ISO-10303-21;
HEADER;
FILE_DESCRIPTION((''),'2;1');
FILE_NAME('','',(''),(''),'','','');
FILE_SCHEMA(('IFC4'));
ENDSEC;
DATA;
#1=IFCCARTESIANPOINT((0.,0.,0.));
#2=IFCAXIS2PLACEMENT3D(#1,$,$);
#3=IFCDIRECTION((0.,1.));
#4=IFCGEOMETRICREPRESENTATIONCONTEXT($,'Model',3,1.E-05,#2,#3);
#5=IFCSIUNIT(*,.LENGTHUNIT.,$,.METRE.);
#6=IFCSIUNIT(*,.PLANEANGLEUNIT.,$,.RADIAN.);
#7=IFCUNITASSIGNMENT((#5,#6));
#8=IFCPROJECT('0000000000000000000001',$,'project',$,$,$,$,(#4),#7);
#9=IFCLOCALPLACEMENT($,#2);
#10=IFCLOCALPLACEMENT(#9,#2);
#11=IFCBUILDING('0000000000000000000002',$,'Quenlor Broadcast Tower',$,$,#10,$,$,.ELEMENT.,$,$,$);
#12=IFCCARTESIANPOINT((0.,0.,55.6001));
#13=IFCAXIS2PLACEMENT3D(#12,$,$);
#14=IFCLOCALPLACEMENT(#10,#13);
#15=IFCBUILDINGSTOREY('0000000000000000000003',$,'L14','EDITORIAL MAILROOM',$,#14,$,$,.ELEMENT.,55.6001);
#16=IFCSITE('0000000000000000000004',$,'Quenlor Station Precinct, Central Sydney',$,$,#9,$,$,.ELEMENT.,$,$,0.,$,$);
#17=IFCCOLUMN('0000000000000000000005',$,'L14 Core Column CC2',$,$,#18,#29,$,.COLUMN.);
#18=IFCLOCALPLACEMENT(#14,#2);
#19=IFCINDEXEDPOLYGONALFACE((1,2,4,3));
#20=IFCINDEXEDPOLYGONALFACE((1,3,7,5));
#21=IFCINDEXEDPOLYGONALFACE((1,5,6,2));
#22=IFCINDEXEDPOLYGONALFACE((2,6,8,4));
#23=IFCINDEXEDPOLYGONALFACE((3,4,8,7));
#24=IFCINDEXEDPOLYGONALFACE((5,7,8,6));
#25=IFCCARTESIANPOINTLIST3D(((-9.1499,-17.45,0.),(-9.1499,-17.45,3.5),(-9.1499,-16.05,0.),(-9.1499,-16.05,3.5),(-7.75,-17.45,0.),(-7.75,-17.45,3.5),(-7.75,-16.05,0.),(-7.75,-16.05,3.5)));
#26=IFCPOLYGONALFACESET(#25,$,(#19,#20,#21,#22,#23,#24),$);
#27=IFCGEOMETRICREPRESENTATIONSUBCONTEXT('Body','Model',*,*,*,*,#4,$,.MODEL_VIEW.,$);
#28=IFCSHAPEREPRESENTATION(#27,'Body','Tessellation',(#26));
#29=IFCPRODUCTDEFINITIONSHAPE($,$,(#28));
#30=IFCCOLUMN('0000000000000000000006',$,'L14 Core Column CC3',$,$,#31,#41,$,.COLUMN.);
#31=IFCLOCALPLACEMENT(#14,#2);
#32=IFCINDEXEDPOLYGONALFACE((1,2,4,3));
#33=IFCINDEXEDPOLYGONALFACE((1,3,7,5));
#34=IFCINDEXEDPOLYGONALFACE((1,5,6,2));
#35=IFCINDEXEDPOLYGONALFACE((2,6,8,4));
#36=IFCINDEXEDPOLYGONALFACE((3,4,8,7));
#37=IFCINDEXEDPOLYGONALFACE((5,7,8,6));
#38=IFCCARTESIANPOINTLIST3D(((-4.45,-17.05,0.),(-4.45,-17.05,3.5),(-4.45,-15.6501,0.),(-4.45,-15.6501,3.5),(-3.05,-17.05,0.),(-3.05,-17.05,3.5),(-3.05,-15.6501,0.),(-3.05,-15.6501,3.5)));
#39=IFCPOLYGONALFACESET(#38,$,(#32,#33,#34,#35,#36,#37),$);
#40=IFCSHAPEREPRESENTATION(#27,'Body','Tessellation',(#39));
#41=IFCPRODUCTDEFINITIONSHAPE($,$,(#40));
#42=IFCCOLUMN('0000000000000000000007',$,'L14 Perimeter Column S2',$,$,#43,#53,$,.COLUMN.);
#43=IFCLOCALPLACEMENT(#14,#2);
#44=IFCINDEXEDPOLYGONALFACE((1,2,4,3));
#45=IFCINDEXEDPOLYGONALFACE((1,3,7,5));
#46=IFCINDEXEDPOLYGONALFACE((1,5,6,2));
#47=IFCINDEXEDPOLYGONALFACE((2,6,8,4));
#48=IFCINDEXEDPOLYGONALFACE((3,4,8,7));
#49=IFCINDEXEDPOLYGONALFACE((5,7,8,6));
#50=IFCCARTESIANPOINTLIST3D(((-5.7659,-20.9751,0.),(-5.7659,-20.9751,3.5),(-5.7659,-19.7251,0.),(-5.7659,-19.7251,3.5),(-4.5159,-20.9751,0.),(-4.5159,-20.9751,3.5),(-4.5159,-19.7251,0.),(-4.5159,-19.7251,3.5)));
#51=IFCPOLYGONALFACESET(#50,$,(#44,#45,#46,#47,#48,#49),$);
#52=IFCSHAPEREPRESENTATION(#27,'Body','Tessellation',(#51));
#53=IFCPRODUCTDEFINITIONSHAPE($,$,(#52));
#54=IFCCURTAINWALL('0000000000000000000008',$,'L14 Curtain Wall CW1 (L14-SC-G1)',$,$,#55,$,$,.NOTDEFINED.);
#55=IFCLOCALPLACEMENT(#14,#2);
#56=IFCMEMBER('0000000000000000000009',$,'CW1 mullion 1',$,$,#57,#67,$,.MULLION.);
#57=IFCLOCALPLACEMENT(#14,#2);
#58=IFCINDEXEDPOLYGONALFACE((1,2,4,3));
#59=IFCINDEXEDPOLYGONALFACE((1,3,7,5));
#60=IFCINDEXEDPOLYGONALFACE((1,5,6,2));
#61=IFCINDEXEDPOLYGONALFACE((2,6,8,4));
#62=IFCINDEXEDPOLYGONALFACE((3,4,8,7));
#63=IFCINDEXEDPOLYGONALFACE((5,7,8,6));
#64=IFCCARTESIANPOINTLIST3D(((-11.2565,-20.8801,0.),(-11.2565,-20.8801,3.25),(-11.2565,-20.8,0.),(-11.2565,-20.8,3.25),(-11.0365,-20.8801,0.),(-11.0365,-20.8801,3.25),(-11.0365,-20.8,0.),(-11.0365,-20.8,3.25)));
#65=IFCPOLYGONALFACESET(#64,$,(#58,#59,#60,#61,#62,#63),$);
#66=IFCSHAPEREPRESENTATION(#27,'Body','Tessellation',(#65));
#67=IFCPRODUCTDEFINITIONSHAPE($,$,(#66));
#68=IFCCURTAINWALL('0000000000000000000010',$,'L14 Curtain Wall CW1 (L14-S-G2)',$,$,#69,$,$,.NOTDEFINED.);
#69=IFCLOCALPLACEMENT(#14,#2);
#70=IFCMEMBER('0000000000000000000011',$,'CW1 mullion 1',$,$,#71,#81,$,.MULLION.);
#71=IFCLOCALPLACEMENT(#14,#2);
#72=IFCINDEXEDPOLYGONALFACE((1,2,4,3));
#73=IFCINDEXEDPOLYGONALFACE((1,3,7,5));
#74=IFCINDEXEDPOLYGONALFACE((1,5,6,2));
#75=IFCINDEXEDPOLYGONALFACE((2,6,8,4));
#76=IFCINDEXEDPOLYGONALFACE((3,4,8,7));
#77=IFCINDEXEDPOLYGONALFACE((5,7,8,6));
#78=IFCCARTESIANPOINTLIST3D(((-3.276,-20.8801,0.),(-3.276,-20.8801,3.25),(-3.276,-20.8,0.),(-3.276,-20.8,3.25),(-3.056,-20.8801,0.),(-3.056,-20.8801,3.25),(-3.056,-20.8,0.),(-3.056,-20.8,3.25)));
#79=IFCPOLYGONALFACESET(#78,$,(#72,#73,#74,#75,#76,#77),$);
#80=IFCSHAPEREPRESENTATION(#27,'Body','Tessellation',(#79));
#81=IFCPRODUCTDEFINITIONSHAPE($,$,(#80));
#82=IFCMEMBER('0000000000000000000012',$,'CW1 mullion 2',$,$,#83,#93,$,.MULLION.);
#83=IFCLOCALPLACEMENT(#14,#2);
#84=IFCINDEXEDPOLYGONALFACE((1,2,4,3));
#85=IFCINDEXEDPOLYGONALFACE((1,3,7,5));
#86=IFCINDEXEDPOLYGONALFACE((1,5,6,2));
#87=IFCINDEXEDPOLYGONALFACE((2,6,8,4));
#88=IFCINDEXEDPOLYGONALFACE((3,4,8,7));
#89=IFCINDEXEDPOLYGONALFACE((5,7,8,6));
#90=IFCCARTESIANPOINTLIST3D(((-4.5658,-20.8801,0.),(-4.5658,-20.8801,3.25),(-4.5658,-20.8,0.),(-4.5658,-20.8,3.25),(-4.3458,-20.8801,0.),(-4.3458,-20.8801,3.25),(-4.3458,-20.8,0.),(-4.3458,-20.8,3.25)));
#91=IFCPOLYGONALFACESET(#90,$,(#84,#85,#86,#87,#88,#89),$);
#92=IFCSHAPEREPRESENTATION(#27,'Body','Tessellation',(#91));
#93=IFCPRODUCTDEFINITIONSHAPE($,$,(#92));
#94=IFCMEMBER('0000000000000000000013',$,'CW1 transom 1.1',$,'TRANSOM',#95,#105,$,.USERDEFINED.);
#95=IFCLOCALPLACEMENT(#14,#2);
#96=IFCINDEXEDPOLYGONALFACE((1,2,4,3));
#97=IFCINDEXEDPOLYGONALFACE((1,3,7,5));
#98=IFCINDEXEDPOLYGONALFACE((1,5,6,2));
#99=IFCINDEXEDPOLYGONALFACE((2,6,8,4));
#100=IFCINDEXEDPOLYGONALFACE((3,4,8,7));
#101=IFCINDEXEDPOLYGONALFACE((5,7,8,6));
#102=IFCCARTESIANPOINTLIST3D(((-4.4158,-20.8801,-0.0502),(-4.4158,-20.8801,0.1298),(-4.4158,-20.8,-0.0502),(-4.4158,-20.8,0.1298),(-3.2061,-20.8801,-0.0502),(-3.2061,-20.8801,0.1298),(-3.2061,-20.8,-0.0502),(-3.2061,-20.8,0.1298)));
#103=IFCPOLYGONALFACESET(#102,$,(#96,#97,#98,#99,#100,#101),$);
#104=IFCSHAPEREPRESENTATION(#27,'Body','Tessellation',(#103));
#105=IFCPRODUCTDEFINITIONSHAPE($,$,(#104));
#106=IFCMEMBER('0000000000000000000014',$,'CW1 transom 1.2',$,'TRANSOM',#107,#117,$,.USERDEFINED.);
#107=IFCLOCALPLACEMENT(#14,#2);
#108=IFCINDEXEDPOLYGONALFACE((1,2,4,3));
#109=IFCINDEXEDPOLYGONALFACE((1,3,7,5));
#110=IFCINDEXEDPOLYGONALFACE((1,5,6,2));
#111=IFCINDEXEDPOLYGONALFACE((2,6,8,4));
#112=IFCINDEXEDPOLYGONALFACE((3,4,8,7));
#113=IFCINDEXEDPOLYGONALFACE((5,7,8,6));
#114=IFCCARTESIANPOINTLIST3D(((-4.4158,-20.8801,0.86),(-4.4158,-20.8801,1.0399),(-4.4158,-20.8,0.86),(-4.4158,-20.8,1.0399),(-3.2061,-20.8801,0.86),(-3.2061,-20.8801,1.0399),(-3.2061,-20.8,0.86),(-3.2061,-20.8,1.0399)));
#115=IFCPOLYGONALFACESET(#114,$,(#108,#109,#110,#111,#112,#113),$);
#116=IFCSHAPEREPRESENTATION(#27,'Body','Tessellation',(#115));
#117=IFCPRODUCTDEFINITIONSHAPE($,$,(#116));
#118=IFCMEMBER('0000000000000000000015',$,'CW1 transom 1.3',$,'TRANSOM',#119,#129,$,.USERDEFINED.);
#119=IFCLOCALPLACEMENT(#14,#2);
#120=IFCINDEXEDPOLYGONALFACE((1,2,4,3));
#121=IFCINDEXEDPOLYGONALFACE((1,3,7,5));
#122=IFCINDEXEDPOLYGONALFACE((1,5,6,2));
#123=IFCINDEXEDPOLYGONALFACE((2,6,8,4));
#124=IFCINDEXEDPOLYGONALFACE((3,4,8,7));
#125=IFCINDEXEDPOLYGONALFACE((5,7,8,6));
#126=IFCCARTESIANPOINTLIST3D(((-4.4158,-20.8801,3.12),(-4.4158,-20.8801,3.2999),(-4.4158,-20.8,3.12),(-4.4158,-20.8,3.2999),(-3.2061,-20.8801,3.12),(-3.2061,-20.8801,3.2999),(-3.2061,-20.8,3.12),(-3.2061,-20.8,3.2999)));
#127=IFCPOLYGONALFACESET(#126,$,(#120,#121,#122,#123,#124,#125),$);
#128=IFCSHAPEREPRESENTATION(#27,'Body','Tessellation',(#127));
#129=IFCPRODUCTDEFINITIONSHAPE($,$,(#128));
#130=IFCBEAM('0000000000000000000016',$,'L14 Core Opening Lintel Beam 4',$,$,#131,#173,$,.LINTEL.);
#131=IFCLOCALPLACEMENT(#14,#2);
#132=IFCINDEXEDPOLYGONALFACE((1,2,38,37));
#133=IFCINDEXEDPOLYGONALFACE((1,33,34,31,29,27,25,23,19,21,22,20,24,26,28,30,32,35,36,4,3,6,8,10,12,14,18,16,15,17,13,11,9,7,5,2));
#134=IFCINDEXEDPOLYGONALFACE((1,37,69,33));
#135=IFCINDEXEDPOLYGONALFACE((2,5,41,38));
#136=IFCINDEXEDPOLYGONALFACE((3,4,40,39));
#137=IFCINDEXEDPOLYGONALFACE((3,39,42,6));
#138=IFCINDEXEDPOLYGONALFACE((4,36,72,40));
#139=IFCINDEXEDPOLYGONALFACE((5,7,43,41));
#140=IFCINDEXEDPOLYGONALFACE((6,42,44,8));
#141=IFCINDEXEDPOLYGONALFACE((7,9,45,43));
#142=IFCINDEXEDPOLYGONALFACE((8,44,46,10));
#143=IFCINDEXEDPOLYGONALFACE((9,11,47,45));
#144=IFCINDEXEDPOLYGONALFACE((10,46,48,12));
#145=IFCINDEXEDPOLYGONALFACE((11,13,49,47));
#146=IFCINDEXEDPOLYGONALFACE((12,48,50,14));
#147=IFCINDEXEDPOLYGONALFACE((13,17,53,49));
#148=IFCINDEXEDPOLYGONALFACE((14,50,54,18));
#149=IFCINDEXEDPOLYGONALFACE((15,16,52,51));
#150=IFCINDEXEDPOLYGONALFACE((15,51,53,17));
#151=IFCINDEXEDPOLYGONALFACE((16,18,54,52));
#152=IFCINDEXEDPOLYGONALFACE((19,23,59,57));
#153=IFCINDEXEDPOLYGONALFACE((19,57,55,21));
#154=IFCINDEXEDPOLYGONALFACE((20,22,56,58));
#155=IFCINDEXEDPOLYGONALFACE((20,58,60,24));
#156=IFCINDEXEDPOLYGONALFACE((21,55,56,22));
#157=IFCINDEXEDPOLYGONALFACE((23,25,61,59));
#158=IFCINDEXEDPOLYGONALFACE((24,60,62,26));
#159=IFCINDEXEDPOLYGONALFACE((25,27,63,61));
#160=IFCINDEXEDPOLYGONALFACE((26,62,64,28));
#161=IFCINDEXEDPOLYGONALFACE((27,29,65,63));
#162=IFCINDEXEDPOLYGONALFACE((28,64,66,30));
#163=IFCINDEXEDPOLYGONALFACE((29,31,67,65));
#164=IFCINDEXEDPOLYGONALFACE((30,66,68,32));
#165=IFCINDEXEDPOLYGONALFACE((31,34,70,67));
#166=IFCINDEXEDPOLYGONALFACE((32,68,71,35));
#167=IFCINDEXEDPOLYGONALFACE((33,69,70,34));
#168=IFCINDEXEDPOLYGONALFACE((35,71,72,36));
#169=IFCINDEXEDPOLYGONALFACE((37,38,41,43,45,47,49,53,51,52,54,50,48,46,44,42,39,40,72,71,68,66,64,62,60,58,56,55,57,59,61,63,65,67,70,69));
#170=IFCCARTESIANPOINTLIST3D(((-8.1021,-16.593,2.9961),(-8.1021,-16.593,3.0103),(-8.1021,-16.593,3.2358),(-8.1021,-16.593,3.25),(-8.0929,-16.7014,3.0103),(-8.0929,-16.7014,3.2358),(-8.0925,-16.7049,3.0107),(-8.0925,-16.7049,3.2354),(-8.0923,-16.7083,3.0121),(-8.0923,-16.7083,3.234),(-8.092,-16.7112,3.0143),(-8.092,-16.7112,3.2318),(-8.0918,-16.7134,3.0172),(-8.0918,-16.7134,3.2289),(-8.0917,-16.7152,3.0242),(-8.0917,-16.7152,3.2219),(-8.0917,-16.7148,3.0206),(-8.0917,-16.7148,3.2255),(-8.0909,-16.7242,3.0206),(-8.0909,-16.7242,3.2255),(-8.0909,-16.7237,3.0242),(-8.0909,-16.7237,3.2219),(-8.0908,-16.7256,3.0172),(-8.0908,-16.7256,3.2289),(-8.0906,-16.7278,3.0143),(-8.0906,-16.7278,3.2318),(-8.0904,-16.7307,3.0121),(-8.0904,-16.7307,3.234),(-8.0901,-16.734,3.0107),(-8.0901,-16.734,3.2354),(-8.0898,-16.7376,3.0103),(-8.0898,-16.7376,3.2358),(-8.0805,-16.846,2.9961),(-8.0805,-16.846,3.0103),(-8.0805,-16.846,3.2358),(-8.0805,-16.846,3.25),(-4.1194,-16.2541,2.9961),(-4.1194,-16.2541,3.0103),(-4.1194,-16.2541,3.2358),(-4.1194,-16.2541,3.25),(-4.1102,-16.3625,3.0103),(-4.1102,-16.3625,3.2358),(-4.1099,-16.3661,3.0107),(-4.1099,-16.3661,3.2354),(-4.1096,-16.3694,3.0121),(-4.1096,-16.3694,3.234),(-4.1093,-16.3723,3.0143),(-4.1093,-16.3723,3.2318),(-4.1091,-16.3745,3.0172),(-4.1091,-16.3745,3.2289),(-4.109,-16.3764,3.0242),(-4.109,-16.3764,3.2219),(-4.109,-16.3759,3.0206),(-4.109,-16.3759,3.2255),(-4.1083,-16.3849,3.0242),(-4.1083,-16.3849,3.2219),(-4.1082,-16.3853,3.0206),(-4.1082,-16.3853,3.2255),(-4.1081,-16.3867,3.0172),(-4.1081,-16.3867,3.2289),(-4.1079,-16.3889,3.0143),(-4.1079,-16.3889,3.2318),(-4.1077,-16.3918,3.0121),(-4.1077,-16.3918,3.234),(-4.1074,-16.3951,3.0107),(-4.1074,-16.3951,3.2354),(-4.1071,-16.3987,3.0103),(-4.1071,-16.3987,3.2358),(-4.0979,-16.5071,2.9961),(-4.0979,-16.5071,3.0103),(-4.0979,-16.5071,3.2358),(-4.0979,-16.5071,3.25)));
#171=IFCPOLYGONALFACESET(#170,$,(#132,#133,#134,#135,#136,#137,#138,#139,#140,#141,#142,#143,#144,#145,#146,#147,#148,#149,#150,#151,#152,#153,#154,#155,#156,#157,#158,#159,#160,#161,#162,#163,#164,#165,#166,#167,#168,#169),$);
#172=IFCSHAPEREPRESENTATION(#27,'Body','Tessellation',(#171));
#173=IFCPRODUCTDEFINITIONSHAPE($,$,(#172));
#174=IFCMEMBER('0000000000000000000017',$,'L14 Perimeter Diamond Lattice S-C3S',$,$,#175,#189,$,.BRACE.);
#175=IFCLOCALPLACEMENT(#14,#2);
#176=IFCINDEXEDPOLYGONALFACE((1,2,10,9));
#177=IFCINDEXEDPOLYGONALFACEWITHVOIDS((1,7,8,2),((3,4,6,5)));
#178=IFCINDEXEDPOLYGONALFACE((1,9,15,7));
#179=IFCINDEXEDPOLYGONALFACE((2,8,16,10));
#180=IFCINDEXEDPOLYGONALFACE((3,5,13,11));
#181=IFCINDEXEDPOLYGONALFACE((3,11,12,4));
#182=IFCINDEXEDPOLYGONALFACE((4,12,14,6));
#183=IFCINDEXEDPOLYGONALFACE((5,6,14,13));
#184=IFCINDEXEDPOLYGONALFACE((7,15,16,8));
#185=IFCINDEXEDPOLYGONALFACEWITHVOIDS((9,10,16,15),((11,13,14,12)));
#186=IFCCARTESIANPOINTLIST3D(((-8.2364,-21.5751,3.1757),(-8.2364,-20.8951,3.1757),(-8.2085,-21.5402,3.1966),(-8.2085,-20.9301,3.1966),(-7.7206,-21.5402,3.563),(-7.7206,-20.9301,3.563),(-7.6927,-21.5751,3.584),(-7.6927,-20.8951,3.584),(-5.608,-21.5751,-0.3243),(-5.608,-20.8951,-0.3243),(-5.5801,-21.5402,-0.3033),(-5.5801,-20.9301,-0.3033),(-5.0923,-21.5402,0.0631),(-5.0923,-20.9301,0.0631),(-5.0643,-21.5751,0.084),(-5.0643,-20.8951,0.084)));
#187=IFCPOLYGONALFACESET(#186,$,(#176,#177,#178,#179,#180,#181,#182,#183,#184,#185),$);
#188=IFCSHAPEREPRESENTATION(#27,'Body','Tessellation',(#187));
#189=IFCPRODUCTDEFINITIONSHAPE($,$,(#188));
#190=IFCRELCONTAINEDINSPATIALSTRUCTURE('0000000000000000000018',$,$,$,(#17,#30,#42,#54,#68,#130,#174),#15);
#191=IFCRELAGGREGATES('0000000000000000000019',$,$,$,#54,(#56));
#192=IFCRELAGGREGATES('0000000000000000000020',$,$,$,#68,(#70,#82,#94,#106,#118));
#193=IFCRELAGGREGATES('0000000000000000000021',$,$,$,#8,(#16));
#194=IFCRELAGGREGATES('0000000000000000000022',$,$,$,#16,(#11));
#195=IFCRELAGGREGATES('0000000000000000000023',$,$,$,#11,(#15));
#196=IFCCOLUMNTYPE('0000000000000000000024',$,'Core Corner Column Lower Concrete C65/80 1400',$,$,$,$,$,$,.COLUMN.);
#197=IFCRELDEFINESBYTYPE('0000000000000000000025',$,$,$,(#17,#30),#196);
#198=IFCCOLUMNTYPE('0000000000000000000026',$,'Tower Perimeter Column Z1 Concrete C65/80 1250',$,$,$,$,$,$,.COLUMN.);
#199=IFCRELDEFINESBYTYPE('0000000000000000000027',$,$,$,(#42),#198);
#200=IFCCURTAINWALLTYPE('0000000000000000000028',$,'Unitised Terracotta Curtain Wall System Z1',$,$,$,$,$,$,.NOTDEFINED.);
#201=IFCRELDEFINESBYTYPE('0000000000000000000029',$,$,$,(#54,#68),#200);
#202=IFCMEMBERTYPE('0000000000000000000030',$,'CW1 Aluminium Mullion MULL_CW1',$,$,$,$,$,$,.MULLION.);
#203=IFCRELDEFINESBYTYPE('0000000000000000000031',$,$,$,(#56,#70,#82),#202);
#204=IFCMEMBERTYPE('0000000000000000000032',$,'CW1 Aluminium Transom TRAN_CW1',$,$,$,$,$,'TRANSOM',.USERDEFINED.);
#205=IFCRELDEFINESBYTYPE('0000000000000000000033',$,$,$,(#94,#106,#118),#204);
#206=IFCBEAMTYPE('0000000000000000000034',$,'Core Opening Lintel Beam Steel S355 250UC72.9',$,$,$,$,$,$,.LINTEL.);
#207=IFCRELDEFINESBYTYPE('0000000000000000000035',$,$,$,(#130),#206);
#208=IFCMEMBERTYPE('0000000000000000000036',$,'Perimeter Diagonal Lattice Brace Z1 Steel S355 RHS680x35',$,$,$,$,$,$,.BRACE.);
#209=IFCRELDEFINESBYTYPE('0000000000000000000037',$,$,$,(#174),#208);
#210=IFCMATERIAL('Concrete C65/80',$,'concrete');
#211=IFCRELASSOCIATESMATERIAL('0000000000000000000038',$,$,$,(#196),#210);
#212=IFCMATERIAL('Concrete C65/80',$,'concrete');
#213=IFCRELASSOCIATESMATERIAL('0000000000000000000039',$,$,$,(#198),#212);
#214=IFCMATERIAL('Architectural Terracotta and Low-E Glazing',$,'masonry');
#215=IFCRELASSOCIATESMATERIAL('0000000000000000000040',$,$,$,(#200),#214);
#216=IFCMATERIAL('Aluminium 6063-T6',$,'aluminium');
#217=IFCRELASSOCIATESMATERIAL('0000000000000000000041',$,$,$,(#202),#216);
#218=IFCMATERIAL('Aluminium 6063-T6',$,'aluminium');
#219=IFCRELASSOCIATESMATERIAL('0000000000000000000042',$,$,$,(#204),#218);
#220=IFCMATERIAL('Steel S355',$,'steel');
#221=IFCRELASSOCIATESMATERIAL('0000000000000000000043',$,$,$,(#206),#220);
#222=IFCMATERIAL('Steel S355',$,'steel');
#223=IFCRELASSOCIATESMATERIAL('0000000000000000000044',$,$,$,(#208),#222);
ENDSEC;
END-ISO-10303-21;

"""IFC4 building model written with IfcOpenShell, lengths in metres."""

from ifc_helpers import new_model, si_unit, direction, frame, origin, origin_2d, place, context, subcontext, project, spatial, rectangle, hollow_rectangle, i_section, extrude, material, material_profile, profile_set, type_object, element, aggregate, save


model = new_model("IFC4")

# Units and contexts
model_context = context("Model", 3, precision=1e-05, world=origin(), true_north=direction((0.0, 1.0)))
body_context = subcontext(model_context, "Body", "Model", "MODEL_VIEW")
ifc_project = project(units=[si_unit("LENGTHUNIT", "METRE"), si_unit("PLANEANGLEUNIT", "RADIAN")], contexts=[model_context])

# Site, building, storey
site_placement = place(None, origin())
site = spatial("IfcSite", under=ifc_project, at=site_placement, Name="Quenlor Station Precinct, Central Sydney", CompositionType="ELEMENT", RefElevation=0.0)
building_placement = place(site_placement, origin())
building = spatial("IfcBuilding", under=site, at=building_placement, Name="Quenlor Broadcast Tower", CompositionType="ELEMENT")
storey_placement = place(building_placement, frame((0.0, 0.0, 55.6001)))
storey = spatial("IfcBuildingStorey", under=building, at=storey_placement, Name="L14", Description="EDITORIAL MAILROOM", CompositionType="ELEMENT", Elevation=55.6001)

# Columns
ifc_material_1 = material(Name="Concrete C65/80", Category="concrete")
ifc_material_profile_1 = material_profile(ifc_material_1, rectangle(XDim=1.3999, YDim=1.3999, at=origin_2d()))
ifc_profile_set_1 = profile_set([ifc_material_profile_1], Name="Concrete C65/80 RC1400x1400")
column_type_1 = type_object("IfcColumnType", Name="Core Corner Column Lower Concrete C65/80 1400", PredefinedType="COLUMN", material=ifc_profile_set_1)
for number, where, z_axis, x_axis, name in (
    (1, (-8.45, -16.75, 0.0), (0.0, 0.0, 1.0), (1.0, 0.0, 0.0), "L14 Core Column CC2"),
    (2, (-3.75, -16.3501, 0.0), (0.0, 0.0, 1.0), (1.0, 0.0, 0.0), "L14 Core Column CC3"),
):
    element("IfcColumn", number, at=place(storey_placement, frame(where, z_axis=z_axis, x_axis=x_axis)), inside=storey, type_object=column_type_1, Name=name, PredefinedType="COLUMN", context=body_context, shape_type="SweptSolid", body=[
        extrude(rectangle(XDim=1.3999, YDim=1.3999, at=origin_2d()), origin(), (0.0, 0.0, 1.0), 3.5),
    ])
ifc_material_2 = material(Name="Concrete C65/80", Category="concrete")
ifc_material_profile_2 = material_profile(ifc_material_2, rectangle(XDim=1.25, YDim=1.25, at=origin_2d()))
ifc_profile_set_2 = profile_set([ifc_material_profile_2], Name="Concrete C65/80 RC1250x1250")
column_type_2 = type_object("IfcColumnType", Name="Tower Perimeter Column Z1 Concrete C65/80 1250", PredefinedType="COLUMN", material=ifc_profile_set_2)
column_placement = place(storey_placement, frame((-5.1409, -20.3501, 0.0), z_axis=(0.0, 0.0, 1.0), x_axis=(0.0, 1.0, 0.0)))
element("IfcColumn", 3, at=column_placement, inside=storey, type_object=column_type_2, Name="L14 Perimeter Column S2", PredefinedType="COLUMN", context=body_context, shape_type="SweptSolid", body=[
    extrude(rectangle(XDim=1.25, YDim=1.25, at=origin_2d()), origin(), (0.0, 0.0, 1.0), 3.5),
])

# Curtain wall, member
ifc_material_3 = material(Name="Architectural Terracotta and Low-E Glazing", Category="masonry")
curtain_wall_type = type_object("IfcCurtainWallType", Name="Unitised Terracotta Curtain Wall System Z1", PredefinedType="NOTDEFINED", material=ifc_material_3)
curtain_wall_1_placement = place(storey_placement, origin())
curtain_wall_1 = element("IfcCurtainWall", 4, at=curtain_wall_1_placement, inside=storey, type_object=curtain_wall_type, Name="L14 Curtain Wall CW1 (L14-SC-G1)", PredefinedType="NOTDEFINED")
ifc_material_4 = material(Name="Aluminium 6063-T6", Category="aluminium")
ifc_material_profile_3 = material_profile(ifc_material_4, rectangle(XDim=0.0801, YDim=0.22, at=origin_2d()))
ifc_profile_set_3 = profile_set([ifc_material_profile_3], Name="Aluminium 6063-T6 MULL80x220")
member_type_1 = type_object("IfcMemberType", Name="CW1 Aluminium Mullion MULL_CW1", PredefinedType="MULLION", material=ifc_profile_set_3)
member_1_placement = place(storey_placement, frame((-11.1465, -20.8401, 0.0), z_axis=(0.0, 0.0, 1.0), x_axis=(0.0, -1.0, 0.0)))
member_1 = element("IfcMember", 5, at=member_1_placement, type_object=member_type_1, Name="CW1 mullion 1", PredefinedType="MULLION", context=body_context, shape_type="SweptSolid", body=[
    extrude(rectangle(XDim=0.0801, YDim=0.22, at=origin_2d()), origin(), (0.0, 0.0, 1.0), 3.25),
])
aggregate(curtain_wall_1, [member_1])

# Curtain wall, members
curtain_wall_2_placement = place(storey_placement, origin())
curtain_wall_2 = element("IfcCurtainWall", 6, at=curtain_wall_2_placement, inside=storey, type_object=curtain_wall_type, Name="L14 Curtain Wall CW1 (L14-S-G2)", PredefinedType="NOTDEFINED")
member_2_placement = place(storey_placement, frame((-3.166, -20.8401, 0.0), z_axis=(0.0, 0.0, 1.0), x_axis=(0.0, -1.0, 0.0)))
member_2 = element("IfcMember", 7, at=member_2_placement, type_object=member_type_1, Name="CW1 mullion 1", PredefinedType="MULLION", context=body_context, shape_type="SweptSolid", body=[
    extrude(rectangle(XDim=0.0801, YDim=0.22, at=origin_2d()), origin(), (0.0, 0.0, 1.0), 3.25),
])
member_3_placement = place(storey_placement, frame((-4.4558, -20.8401, 0.0), z_axis=(0.0, 0.0, 1.0), x_axis=(0.0, -1.0, 0.0)))
member_3 = element("IfcMember", 8, at=member_3_placement, type_object=member_type_1, Name="CW1 mullion 2", PredefinedType="MULLION", context=body_context, shape_type="SweptSolid", body=[
    extrude(rectangle(XDim=0.0801, YDim=0.22, at=origin_2d()), origin(), (0.0, 0.0, 1.0), 3.25),
])
ifc_material_5 = material(Name="Aluminium 6063-T6", Category="aluminium")
ifc_material_profile_4 = material_profile(ifc_material_5, rectangle(XDim=0.0801, YDim=0.1799, at=origin_2d()))
ifc_profile_set_4 = profile_set([ifc_material_profile_4], Name="Aluminium 6063-T6 TRAN80x180")
member_type_2 = type_object("IfcMemberType", Name="CW1 Aluminium Transom TRAN_CW1", ElementType="TRANSOM", PredefinedType="USERDEFINED", material=ifc_profile_set_4)
member_4_placement = place(storey_placement, frame((-3.2061, -20.8401, 0.0398), z_axis=(-1.0, 0.0, 0.0), x_axis=(0.0, -1.0, 0.0)))
member_4 = element("IfcMember", 9, at=member_4_placement, type_object=member_type_2, Name="CW1 transom 1.1", ObjectType="TRANSOM", PredefinedType="USERDEFINED", context=body_context, shape_type="SweptSolid", body=[
    extrude(rectangle(XDim=0.0801, YDim=0.1799, at=origin_2d()), origin(), (0.0, 0.0, 1.0), 1.2097),
])
member_5_placement = place(storey_placement, frame((-3.2061, -20.8401, 0.95), z_axis=(-1.0, 0.0, 0.0), x_axis=(0.0, -1.0, 0.0)))
member_5 = element("IfcMember", 10, at=member_5_placement, type_object=member_type_2, Name="CW1 transom 1.2", ObjectType="TRANSOM", PredefinedType="USERDEFINED", context=body_context, shape_type="SweptSolid", body=[
    extrude(rectangle(XDim=0.0801, YDim=0.1799, at=origin_2d()), origin(), (0.0, 0.0, 1.0), 1.2097),
])
member_6_placement = place(storey_placement, frame((-3.2061, -20.8401, 3.21), z_axis=(-1.0, 0.0, 0.0), x_axis=(0.0, -1.0, 0.0)))
member_6 = element("IfcMember", 11, at=member_6_placement, type_object=member_type_2, Name="CW1 transom 1.3", ObjectType="TRANSOM", PredefinedType="USERDEFINED", context=body_context, shape_type="SweptSolid", body=[
    extrude(rectangle(XDim=0.0801, YDim=0.1799, at=origin_2d()), origin(), (0.0, 0.0, 1.0), 1.2097),
])

# Beam
ifc_material_6 = material(Name="Steel S355", Category="steel")
ifc_material_profile_5 = material_profile(ifc_material_6, i_section(OverallWidth=0.2539, OverallDepth=0.2539, WebThickness=0.0085, FlangeThickness=0.0142, FilletRadius=0.0139, at=origin_2d()))
ifc_profile_set_5 = profile_set([ifc_material_profile_5], Name="Steel S355 250UC72.9")
beam_type_1 = type_object("IfcBeamType", Name="Core Opening Lintel Beam Steel S355 250UC72.9", PredefinedType="LINTEL", material=ifc_profile_set_5)
beam_1_placement = place(storey_placement, frame((-8.0913, -16.7195, 3.123), z_axis=(0.9964, 0.084779, 0.0), x_axis=(-0.084779, 0.9964, 0.0)))
element("IfcBeam", 12, at=beam_1_placement, inside=storey, type_object=beam_type_1, Name="L14 Core Opening Lintel Beam 4", PredefinedType="LINTEL", context=body_context, shape_type="SweptSolid", body=[
    extrude(i_section(OverallWidth=0.2539, OverallDepth=0.2539, WebThickness=0.0085, FlangeThickness=0.0142, FilletRadius=0.0139, at=origin_2d()), origin(), (0.0, 0.0, 1.0), 3.9971),
])

# Member
ifc_material_7 = material(Name="Steel S355", Category="steel")
ifc_material_profile_6 = material_profile(ifc_material_7, hollow_rectangle(XDim=0.6799, YDim=0.6799, WallThickness=0.0349, at=origin_2d()))
ifc_profile_set_6 = profile_set([ifc_material_profile_6], Name="Steel S355 RHS680x680x35")
member_type_3 = type_object("IfcMemberType", Name="Perimeter Diagonal Lattice Brace Z1 Steel S355 RHS680x35", PredefinedType="BRACE", material=ifc_profile_set_6)
for number, where, z_axis, x_axis, name in (
    (13, (-5.3362, -21.2351, -0.1201), (-0.6005, 0.0, 0.799625), (0.0, -1.0, 0.0), "L14 Perimeter Diamond Lattice S-C3S"),
):
    element("IfcMember", number, at=place(storey_placement, frame(where, z_axis=z_axis, x_axis=x_axis)), inside=storey, type_object=member_type_3, Name=name, PredefinedType="BRACE", context=body_context, shape_type="SweptSolid", body=[
        extrude(hollow_rectangle(XDim=0.6799, YDim=0.6799, WallThickness=0.0349, at=origin_2d()), origin(), (0.0, 0.0, 1.0), 4.377),
    ])

aggregate(curtain_wall_2, [member_2, member_3, member_4, member_5, member_6])

save(model, "model.ifc")
